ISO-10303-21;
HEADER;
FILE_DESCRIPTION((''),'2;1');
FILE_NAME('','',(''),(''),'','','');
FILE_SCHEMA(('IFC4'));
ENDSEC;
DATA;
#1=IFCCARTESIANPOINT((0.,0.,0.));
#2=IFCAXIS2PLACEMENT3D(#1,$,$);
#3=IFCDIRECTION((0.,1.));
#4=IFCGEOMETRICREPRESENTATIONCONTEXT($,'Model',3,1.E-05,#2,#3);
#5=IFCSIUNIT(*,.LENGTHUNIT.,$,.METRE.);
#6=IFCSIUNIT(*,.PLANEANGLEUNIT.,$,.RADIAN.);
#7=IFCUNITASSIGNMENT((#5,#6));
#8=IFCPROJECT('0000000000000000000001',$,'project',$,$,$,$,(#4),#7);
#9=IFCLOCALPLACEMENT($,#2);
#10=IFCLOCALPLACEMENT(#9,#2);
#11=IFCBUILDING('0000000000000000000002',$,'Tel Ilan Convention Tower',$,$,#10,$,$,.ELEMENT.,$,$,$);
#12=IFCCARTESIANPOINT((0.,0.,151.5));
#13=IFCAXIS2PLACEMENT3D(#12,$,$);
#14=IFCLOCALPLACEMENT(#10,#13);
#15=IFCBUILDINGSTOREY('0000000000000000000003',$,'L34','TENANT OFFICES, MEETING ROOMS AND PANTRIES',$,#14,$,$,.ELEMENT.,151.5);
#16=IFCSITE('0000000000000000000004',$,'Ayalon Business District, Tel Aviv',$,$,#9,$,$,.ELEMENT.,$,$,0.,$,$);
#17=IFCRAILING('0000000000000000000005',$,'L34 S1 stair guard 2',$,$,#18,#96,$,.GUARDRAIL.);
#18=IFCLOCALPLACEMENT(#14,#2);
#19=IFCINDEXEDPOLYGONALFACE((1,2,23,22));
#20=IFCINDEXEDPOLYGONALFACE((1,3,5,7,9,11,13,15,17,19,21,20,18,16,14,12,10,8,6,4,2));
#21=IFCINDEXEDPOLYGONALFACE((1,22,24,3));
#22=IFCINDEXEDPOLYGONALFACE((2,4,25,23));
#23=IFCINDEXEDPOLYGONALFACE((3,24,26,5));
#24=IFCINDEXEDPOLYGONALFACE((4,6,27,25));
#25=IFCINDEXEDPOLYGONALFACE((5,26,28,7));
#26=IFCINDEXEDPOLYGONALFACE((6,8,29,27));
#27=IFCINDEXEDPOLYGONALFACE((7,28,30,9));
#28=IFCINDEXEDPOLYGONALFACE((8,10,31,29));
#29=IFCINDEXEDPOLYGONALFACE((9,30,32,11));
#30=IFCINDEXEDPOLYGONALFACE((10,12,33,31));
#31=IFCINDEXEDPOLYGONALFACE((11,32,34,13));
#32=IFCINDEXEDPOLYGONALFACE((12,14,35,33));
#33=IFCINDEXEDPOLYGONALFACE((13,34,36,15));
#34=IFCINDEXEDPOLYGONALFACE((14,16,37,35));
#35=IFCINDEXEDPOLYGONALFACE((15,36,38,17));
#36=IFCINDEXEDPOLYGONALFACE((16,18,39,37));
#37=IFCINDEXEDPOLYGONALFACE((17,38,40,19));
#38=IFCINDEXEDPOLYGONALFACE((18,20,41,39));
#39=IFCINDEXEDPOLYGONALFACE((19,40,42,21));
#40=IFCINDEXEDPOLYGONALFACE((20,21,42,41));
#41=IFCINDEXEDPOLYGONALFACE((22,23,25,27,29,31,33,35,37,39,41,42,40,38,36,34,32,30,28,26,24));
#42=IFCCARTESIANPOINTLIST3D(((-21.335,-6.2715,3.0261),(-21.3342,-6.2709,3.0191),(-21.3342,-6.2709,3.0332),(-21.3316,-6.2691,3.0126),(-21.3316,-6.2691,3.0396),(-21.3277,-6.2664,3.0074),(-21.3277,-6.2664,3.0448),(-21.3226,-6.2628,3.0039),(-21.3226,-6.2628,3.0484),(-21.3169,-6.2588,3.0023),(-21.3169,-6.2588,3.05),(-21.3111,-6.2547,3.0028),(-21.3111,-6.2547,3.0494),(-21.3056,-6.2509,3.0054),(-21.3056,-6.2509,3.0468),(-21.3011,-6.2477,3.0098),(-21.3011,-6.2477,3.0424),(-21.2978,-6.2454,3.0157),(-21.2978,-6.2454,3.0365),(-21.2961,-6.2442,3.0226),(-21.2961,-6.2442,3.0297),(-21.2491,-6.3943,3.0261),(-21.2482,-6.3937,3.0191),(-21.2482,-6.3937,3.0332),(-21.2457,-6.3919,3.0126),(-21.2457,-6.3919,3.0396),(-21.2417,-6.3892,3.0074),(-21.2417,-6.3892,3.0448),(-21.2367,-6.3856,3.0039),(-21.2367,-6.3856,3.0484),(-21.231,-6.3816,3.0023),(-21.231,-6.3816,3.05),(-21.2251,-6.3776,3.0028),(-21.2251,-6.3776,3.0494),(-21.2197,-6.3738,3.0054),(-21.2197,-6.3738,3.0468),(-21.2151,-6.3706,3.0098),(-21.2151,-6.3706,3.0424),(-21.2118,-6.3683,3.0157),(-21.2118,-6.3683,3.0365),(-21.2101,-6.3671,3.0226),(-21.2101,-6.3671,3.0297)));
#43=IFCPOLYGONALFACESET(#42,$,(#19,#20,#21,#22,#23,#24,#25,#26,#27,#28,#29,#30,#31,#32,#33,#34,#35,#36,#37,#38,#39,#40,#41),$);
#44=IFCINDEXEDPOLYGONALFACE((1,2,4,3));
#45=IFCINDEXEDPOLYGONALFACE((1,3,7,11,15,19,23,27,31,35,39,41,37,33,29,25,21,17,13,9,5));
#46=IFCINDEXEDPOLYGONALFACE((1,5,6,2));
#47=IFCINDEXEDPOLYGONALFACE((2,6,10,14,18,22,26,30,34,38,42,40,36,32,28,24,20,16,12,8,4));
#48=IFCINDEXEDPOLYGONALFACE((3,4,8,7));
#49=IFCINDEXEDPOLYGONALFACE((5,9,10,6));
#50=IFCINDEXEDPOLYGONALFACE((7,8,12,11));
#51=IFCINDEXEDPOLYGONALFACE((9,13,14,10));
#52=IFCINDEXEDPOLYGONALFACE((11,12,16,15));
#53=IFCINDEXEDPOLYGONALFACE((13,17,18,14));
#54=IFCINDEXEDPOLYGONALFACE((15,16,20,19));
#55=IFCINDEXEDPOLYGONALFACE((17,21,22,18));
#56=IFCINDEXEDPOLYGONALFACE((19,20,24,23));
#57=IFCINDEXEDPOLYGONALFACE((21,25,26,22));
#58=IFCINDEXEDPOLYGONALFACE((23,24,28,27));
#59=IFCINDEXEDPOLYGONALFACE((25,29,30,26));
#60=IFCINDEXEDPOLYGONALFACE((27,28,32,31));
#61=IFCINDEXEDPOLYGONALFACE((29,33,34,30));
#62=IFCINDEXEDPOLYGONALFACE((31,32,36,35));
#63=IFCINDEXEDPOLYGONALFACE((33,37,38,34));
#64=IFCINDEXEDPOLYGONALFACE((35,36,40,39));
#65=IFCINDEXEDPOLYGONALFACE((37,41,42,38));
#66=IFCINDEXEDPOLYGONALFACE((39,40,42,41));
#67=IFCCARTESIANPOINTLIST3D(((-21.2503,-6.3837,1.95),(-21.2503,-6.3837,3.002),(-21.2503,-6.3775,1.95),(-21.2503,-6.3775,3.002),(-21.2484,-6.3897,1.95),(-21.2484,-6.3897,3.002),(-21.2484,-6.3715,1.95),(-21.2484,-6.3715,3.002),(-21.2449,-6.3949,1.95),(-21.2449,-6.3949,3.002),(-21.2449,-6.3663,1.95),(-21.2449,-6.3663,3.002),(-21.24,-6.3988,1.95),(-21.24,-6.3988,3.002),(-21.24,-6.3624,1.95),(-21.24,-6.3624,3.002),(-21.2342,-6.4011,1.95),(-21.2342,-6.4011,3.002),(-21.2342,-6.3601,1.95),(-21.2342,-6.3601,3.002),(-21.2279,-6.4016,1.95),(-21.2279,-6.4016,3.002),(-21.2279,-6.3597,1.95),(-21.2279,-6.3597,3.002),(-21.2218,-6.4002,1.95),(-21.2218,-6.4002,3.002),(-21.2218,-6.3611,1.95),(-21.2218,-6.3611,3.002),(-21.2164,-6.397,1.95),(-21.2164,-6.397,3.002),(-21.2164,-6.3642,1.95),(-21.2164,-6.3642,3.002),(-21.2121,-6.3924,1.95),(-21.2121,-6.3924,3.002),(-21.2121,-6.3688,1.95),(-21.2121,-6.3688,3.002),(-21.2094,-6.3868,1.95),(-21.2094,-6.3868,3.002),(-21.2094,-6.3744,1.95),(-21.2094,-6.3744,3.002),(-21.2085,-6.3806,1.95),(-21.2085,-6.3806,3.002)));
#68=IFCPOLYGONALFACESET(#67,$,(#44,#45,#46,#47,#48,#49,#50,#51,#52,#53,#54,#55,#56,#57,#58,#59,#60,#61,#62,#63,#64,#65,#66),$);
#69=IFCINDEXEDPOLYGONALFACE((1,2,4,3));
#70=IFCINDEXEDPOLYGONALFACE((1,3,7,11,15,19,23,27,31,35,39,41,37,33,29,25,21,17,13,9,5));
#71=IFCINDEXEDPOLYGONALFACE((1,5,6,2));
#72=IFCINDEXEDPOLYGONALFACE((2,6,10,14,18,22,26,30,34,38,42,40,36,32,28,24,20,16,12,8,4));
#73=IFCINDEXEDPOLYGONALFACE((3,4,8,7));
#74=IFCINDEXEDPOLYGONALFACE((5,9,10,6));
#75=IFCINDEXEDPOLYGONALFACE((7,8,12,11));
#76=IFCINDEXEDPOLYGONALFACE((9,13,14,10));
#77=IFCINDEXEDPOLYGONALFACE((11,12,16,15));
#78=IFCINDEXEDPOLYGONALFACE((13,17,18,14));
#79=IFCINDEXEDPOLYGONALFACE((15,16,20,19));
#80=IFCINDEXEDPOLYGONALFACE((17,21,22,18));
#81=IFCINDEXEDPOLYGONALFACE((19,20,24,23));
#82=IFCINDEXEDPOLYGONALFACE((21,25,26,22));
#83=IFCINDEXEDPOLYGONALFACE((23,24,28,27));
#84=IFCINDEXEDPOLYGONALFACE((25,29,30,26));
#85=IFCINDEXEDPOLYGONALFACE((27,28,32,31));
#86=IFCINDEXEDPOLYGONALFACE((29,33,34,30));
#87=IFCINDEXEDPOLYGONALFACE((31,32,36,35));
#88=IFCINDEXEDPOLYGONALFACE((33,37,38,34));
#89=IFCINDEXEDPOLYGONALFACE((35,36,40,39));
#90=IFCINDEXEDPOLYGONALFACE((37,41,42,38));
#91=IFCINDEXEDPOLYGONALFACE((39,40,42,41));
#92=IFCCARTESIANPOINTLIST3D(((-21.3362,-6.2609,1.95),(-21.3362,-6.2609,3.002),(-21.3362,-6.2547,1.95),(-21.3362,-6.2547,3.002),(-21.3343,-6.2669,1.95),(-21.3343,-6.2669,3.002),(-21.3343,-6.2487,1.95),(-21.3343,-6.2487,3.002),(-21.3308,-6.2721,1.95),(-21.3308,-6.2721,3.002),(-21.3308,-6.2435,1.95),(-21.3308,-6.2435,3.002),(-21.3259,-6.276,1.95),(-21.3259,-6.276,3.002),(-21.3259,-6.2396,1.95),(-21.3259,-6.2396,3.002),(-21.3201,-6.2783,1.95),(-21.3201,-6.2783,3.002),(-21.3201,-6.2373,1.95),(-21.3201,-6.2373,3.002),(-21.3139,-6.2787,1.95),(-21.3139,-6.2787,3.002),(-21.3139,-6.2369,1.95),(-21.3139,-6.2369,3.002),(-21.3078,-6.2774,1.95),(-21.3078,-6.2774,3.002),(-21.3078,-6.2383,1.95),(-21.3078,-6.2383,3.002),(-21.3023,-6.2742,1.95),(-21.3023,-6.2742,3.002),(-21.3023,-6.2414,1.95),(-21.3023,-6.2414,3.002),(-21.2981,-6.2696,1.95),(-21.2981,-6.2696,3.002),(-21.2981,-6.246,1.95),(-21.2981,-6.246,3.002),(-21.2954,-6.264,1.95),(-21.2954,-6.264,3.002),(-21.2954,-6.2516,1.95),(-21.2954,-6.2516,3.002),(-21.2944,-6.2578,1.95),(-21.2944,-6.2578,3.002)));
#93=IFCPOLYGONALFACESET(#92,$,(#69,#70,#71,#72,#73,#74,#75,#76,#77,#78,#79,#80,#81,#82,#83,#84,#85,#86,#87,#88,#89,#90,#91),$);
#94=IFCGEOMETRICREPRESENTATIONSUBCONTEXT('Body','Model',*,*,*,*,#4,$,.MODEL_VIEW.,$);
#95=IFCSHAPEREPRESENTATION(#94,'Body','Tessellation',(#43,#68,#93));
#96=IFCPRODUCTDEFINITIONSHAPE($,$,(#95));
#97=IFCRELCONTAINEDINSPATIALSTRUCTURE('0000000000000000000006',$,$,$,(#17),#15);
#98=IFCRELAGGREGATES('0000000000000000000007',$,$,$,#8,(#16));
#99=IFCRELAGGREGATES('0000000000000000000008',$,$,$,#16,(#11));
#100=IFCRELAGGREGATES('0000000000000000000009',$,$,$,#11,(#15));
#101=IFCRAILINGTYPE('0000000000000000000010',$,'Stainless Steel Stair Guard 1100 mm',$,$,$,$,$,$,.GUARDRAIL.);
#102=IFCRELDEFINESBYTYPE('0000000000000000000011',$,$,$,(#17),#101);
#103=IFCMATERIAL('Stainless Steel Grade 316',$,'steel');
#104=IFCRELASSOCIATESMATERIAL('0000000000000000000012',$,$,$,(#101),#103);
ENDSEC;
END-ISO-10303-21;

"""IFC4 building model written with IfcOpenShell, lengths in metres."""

from ifc_helpers import new_model, si_unit, direction, frame, origin, origin_2d, place, context, subcontext, project, spatial, circle, extrude, material, type_object, element, save


model = new_model("IFC4")

# Units and contexts
model_context = context("Model", 3, precision=1e-05, world=origin(), true_north=direction((0.0, 1.0)))
body_context = subcontext(model_context, "Body", "Model", "MODEL_VIEW")
ifc_project = project(units=[si_unit("LENGTHUNIT", "METRE"), si_unit("PLANEANGLEUNIT", "RADIAN")], contexts=[model_context])

# Site, building, storey
site_placement = place(None, origin())
site = spatial("IfcSite", under=ifc_project, at=site_placement, Name="Ayalon Business District, Tel Aviv", CompositionType="ELEMENT", RefElevation=0.0)
building_placement = place(site_placement, origin())
building = spatial("IfcBuilding", under=site, at=building_placement, Name="Tel Ilan Convention Tower", CompositionType="ELEMENT")
storey_placement = place(building_placement, frame((0.0, 0.0, 151.5)))
storey = spatial("IfcBuildingStorey", under=building, at=storey_placement, Name="L34", Description="TENANT OFFICES, MEETING ROOMS AND PANTRIES", CompositionType="ELEMENT", Elevation=151.5)

# Railing
ifc_material_1 = material(Name="Stainless Steel Grade 316", Category="steel")
railing_type_1 = type_object("IfcRailingType", Name="Stainless Steel Stair Guard 1100 mm", PredefinedType="GUARDRAIL", material=ifc_material_1)
railing_1_placement = place(storey_placement, frame((-21.2295, -6.3806, 1.95)))
element("IfcRailing", 1, at=railing_1_placement, inside=storey, type_object=railing_type_1, Name="L34 S1 stair guard 2", PredefinedType="GUARDRAIL", context=body_context, shape_type="SweptSolid", body=[
    extrude(circle(Radius=0.0239, at=origin_2d()), frame((0.0, 0.0, 1.0762), z_axis=(-0.573353, 0.819308, 0.0), x_axis=(-0.819308, -0.573353, 0.0)), (0.0, 0.0, 1.0), 0.1499),
    extrude(circle(Radius=0.021, at=origin_2d()), origin(), (0.0, 0.0, 1.0), 1.052),
    extrude(circle(Radius=0.021, at=origin_2d()), frame((-0.0859, 0.1228, 0.0)), (0.0, 0.0, 1.0), 1.052),
])

save(model, "model.ifc")
